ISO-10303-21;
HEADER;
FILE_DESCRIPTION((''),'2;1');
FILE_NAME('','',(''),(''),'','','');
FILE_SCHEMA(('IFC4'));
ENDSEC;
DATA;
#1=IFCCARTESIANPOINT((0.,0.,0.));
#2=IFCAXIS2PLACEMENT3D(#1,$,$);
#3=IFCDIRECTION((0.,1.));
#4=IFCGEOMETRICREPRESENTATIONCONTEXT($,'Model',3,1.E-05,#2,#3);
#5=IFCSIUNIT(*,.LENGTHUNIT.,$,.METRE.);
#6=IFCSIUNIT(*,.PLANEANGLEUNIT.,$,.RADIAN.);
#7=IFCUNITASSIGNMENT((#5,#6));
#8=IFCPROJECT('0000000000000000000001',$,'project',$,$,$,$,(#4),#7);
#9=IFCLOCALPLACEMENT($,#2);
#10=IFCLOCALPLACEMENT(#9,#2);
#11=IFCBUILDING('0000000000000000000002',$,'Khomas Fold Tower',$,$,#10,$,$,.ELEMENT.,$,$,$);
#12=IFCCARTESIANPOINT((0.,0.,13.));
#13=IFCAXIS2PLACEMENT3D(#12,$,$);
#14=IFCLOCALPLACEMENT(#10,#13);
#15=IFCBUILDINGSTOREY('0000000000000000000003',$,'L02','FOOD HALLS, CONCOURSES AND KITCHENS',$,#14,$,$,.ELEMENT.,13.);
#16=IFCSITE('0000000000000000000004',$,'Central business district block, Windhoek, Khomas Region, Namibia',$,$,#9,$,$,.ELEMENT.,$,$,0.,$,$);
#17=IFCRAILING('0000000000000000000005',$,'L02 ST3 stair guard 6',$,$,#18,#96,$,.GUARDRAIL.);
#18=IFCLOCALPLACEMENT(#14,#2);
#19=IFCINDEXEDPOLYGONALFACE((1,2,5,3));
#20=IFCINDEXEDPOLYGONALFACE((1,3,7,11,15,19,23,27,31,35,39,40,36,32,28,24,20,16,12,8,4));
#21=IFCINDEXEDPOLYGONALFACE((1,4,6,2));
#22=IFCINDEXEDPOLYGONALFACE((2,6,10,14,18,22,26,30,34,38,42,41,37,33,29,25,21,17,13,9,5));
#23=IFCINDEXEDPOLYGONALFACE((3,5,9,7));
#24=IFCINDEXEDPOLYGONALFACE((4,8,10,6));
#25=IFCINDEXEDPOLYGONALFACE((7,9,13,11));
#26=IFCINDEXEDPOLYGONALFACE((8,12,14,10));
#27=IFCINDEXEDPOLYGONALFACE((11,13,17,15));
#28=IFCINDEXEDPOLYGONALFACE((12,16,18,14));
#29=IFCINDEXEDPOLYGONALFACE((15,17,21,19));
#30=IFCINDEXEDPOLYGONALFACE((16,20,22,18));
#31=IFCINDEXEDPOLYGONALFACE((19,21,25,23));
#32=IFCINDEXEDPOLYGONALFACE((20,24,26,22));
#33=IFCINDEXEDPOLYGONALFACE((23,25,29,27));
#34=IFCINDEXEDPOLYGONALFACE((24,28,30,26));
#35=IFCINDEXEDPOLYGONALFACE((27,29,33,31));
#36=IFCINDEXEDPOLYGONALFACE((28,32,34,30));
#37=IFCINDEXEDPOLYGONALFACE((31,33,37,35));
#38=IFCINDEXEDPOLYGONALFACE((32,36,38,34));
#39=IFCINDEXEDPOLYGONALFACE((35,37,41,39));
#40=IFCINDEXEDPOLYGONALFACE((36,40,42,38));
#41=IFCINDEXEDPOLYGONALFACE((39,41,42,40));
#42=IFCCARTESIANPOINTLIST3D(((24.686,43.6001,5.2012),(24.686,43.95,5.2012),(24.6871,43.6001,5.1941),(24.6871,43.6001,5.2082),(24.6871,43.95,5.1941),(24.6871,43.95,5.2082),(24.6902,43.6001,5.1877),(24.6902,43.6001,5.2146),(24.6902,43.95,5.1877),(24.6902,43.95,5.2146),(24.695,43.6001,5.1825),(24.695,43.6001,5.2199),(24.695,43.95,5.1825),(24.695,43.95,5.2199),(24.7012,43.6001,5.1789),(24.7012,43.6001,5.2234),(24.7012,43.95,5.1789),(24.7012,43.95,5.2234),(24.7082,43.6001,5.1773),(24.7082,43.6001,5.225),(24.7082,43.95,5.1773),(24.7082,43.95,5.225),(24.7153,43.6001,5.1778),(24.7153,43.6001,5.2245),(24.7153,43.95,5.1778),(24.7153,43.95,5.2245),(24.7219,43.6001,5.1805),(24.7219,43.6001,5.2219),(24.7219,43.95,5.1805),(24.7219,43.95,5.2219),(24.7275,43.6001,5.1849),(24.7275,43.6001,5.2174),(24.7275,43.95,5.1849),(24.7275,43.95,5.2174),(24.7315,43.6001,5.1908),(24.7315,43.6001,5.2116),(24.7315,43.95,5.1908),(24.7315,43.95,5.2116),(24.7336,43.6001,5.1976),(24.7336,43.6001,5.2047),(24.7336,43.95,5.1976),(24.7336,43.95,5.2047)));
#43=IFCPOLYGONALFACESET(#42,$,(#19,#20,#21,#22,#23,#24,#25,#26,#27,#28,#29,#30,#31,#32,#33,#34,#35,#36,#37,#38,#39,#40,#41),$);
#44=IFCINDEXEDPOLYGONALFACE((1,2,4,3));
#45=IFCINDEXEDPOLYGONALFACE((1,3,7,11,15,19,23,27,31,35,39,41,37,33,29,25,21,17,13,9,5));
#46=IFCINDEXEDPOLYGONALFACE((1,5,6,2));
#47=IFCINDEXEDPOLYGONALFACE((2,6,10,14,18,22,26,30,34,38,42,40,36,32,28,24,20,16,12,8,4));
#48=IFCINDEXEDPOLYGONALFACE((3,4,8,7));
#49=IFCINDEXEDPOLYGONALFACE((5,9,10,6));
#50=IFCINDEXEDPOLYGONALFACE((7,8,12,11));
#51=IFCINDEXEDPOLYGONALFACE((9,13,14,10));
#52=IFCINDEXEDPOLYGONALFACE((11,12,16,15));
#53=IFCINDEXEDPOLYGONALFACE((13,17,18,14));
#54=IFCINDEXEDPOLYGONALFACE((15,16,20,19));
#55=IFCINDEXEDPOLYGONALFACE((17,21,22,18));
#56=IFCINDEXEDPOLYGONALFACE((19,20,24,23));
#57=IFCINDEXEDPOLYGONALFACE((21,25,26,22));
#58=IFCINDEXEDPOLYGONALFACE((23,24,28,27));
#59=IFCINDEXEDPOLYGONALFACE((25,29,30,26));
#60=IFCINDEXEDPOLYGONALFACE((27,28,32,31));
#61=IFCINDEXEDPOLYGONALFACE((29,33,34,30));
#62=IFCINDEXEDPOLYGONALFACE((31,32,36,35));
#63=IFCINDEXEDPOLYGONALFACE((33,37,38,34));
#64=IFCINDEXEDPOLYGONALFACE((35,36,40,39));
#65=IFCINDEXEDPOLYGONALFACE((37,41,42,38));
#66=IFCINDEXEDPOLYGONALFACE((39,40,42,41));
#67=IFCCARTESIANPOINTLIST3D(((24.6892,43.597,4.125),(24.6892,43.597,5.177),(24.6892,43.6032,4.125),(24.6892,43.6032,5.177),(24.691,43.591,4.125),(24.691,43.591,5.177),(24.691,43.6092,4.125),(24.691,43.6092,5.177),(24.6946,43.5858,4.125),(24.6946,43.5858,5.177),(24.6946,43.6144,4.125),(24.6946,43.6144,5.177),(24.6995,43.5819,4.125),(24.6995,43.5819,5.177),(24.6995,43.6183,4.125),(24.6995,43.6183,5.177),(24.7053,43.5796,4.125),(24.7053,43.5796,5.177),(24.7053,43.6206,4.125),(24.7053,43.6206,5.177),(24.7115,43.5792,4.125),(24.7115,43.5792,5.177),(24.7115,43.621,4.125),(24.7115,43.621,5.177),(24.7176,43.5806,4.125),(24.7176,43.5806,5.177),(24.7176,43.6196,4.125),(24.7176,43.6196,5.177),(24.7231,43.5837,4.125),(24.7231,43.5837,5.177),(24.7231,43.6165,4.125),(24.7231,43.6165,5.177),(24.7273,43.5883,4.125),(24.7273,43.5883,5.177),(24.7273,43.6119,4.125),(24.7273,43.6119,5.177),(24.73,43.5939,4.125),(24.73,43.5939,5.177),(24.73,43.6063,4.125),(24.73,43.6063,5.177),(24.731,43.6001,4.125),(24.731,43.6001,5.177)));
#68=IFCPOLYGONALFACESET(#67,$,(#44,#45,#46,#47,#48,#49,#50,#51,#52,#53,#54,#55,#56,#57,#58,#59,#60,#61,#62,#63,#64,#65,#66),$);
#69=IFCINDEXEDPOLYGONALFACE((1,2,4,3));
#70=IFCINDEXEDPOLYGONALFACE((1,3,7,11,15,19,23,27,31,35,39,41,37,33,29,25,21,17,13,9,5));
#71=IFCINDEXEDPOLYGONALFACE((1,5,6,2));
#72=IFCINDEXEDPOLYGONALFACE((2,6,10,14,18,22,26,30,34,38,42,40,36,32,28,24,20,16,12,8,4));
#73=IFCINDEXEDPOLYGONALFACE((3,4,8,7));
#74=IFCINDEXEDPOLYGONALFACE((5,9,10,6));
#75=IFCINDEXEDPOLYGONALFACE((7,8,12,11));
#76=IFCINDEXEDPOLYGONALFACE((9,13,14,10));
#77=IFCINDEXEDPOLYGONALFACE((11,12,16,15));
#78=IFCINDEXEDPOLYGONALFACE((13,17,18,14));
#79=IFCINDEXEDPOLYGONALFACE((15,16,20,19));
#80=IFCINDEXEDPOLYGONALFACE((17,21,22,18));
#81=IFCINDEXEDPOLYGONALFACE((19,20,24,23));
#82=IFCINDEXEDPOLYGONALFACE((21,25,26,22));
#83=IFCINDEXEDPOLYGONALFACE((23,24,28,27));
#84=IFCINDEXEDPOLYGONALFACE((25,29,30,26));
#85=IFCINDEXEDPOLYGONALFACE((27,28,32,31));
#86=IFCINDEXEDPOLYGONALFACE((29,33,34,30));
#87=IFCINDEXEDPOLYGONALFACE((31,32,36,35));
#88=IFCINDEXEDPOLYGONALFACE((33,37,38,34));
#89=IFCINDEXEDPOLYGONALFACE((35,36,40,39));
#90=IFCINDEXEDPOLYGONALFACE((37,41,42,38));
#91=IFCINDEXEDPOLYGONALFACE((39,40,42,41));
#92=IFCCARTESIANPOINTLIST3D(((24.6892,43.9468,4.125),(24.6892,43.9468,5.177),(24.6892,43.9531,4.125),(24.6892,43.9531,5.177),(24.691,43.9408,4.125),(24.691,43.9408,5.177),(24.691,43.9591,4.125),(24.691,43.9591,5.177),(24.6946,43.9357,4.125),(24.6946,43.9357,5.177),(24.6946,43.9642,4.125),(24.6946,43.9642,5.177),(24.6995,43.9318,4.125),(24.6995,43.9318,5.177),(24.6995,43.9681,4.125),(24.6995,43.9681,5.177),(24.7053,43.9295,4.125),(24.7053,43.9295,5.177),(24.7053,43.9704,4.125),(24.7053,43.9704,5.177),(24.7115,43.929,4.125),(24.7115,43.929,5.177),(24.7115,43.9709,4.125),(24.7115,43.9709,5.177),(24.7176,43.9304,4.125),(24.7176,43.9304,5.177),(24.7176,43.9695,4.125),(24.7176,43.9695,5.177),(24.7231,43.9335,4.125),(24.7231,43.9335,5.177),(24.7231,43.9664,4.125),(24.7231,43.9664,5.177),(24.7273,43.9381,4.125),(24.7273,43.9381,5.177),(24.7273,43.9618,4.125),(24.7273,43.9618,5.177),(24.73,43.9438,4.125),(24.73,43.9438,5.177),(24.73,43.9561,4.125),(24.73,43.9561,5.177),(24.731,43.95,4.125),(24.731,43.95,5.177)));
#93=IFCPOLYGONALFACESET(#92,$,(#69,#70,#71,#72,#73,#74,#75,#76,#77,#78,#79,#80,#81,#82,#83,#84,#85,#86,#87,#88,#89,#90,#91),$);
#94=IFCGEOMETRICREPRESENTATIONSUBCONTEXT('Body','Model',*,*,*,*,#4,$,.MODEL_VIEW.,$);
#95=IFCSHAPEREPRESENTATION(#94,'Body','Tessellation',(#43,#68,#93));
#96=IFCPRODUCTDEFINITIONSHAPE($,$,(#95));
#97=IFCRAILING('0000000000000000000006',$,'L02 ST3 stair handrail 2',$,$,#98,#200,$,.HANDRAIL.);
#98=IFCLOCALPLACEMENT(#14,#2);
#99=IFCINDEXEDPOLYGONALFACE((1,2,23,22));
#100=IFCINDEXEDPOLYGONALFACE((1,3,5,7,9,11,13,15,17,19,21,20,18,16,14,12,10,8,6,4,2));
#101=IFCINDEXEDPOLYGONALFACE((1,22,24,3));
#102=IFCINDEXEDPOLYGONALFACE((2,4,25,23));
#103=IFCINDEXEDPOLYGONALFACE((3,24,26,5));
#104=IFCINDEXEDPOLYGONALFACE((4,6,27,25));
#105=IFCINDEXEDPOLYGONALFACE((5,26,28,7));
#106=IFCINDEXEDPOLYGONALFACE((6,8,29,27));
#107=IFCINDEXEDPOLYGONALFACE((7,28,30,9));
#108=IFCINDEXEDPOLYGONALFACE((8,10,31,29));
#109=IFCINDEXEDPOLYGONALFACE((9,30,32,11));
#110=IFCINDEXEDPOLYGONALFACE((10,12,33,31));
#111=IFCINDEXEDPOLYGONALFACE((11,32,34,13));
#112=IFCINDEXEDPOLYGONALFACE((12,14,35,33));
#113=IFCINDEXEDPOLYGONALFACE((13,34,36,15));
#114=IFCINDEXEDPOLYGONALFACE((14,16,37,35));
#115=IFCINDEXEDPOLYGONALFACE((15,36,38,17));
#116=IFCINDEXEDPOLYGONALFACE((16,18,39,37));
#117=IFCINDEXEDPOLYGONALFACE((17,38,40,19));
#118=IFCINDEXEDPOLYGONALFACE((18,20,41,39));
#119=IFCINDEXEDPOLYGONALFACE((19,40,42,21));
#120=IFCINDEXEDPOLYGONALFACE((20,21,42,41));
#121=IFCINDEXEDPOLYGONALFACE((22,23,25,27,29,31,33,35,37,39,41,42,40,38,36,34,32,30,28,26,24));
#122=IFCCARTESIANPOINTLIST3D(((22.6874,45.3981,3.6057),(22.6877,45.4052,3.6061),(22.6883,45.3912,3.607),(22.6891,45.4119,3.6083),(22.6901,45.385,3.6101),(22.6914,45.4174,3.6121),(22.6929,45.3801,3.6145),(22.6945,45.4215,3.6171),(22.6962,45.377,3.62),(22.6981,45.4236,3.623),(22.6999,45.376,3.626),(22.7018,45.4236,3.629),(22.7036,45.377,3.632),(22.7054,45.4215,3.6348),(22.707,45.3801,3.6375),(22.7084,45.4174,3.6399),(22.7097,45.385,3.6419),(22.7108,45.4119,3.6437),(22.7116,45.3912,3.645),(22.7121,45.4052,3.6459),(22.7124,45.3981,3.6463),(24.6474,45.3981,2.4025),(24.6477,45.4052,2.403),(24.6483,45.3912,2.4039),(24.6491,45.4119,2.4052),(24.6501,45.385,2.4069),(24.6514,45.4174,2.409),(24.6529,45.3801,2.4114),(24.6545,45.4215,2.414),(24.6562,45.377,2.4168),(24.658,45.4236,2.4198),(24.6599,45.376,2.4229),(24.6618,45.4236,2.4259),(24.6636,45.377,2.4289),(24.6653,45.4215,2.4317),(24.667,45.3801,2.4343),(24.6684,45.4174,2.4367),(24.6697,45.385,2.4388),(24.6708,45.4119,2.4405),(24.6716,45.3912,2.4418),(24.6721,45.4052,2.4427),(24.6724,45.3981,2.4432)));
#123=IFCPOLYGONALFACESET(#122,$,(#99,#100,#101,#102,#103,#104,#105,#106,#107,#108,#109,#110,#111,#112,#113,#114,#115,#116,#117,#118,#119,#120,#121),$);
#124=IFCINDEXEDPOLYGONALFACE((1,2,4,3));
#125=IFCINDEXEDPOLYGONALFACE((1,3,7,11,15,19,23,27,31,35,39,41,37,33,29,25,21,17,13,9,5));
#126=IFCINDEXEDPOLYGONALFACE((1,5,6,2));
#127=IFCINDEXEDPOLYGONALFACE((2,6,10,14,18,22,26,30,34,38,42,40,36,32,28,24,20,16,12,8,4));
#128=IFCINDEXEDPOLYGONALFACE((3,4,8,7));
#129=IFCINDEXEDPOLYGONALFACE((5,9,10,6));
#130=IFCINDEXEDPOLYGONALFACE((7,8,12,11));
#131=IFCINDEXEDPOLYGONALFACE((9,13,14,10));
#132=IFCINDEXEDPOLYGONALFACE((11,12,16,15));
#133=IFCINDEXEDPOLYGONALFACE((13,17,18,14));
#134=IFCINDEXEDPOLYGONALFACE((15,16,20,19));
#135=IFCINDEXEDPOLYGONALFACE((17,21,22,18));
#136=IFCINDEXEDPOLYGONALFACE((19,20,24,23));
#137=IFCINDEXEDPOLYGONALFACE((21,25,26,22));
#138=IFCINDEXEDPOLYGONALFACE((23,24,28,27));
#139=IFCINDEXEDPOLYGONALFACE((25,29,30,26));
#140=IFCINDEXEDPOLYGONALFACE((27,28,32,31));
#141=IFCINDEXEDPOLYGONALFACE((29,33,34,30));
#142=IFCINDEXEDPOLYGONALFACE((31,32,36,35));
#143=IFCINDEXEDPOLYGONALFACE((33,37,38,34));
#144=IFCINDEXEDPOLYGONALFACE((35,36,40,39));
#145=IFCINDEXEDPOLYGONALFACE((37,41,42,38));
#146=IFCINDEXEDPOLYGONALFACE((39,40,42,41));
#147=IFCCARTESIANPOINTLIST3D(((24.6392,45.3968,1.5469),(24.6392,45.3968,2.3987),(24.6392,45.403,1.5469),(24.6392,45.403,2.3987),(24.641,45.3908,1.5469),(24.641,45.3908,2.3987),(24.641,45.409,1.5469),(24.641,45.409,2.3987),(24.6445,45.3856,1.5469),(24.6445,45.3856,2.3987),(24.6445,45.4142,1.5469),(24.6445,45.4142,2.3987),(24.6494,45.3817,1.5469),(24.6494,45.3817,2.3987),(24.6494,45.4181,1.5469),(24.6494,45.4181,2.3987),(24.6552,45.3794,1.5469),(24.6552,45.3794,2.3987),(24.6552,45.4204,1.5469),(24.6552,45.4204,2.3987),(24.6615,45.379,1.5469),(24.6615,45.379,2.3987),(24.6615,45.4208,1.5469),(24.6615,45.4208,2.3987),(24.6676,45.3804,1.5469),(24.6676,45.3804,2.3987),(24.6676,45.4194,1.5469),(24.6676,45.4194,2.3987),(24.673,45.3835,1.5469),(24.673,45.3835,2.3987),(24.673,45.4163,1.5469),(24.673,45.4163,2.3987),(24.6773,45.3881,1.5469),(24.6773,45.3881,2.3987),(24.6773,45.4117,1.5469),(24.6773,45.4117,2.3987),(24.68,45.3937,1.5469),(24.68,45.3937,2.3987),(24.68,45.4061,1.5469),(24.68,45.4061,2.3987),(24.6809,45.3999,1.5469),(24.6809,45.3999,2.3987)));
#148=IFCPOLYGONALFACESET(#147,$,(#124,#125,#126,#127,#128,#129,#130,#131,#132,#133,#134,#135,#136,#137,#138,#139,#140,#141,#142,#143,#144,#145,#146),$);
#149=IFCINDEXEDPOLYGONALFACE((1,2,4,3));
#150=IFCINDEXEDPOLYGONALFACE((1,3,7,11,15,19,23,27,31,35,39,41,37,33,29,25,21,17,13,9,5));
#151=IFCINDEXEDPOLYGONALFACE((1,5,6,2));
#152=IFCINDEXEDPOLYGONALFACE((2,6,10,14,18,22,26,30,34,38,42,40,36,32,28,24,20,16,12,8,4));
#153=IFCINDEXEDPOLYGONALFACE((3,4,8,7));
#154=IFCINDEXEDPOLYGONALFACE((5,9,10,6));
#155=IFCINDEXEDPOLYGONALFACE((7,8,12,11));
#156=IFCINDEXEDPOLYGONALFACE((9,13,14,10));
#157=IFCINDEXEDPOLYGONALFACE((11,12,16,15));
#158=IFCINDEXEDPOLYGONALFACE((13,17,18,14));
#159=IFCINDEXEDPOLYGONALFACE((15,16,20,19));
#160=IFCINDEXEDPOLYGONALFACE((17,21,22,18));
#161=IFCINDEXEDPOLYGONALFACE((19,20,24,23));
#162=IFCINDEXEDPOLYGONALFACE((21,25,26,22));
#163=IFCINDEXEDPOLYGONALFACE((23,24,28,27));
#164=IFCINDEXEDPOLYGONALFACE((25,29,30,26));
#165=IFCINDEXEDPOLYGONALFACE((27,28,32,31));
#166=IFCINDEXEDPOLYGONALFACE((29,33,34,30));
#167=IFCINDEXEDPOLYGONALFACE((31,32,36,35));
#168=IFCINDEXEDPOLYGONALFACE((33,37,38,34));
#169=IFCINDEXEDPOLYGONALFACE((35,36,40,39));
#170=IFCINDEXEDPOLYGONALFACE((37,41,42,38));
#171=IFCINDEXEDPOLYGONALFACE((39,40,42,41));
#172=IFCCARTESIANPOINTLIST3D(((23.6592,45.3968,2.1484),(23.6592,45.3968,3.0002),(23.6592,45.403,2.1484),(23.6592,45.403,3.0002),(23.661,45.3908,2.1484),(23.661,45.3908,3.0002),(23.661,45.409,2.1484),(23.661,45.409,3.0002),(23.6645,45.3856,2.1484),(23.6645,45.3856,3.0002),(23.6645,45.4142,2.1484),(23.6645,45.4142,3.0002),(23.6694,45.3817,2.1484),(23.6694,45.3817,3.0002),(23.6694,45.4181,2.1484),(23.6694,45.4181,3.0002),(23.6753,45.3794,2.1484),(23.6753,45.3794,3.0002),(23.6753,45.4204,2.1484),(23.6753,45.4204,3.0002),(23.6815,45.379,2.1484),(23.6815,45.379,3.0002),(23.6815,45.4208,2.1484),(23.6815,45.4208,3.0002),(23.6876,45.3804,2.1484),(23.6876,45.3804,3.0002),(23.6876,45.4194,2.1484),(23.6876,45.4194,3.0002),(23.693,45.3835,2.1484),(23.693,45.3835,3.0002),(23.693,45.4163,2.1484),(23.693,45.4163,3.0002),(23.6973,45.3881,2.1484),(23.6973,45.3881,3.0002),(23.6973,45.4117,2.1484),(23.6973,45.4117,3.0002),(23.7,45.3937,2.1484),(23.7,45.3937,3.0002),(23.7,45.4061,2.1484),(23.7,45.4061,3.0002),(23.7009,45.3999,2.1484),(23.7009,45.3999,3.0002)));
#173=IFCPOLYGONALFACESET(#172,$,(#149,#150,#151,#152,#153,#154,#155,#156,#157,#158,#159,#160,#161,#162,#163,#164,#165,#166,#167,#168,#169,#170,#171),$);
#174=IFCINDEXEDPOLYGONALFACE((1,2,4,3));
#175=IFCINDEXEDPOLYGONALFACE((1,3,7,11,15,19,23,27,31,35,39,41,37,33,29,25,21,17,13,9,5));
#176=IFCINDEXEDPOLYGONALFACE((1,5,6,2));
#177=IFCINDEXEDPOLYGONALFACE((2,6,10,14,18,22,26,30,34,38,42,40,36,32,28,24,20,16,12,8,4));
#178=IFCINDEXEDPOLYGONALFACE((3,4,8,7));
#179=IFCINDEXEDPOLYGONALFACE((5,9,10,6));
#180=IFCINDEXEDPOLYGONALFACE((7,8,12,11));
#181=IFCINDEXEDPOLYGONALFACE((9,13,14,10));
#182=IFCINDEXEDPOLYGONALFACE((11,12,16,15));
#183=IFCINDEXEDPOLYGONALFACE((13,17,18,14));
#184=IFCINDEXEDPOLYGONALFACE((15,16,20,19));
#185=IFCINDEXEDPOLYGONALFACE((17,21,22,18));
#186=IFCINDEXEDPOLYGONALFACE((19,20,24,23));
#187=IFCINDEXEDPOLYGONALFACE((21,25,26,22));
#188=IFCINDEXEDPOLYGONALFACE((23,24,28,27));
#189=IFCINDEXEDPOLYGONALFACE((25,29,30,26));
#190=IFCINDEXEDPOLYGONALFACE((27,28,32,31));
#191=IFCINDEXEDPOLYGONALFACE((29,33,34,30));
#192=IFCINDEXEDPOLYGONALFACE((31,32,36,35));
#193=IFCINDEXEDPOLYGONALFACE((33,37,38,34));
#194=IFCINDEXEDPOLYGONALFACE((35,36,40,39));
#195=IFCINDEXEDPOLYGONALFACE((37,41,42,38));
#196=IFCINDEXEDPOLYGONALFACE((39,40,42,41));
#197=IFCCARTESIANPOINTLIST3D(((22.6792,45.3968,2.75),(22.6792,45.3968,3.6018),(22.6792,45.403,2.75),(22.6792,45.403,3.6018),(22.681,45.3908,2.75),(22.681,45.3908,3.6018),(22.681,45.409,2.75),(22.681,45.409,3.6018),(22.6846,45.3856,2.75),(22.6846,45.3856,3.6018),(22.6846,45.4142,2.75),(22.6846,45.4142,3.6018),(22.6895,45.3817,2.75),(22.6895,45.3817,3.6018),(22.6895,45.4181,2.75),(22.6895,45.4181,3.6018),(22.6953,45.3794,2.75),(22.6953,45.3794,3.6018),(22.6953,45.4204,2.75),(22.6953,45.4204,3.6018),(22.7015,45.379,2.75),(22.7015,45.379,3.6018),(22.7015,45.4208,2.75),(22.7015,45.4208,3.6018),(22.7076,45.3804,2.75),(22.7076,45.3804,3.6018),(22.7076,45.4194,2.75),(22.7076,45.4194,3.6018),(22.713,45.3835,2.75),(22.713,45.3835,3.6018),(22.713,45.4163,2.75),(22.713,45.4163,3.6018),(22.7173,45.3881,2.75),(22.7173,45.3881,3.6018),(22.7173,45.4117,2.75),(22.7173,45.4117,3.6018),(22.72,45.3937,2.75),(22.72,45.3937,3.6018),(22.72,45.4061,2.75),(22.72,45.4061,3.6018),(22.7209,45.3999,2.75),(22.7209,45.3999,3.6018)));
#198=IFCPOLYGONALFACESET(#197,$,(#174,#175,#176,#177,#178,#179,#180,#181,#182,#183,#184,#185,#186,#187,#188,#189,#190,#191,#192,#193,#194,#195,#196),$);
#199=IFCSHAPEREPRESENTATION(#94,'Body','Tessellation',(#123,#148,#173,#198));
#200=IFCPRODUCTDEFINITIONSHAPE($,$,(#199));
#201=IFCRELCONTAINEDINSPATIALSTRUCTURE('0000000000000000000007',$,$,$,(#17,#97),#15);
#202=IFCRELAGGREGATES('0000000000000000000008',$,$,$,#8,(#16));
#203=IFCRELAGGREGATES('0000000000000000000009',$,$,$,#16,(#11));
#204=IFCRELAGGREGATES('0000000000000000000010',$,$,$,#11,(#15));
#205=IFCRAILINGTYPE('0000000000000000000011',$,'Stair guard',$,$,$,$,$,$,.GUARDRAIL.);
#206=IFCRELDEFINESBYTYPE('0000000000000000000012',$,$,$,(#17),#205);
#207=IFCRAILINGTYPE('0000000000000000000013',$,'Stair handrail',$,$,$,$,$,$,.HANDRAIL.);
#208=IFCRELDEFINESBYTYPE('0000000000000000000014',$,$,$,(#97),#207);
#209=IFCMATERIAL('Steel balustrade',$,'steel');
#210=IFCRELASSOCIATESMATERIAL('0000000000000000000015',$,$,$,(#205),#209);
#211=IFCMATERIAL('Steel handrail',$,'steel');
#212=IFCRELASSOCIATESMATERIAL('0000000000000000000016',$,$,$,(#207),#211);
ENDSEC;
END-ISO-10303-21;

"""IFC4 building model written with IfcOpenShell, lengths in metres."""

from ifc_helpers import new_model, si_unit, direction, frame, origin, origin_2d, place, context, subcontext, project, spatial, circle, extrude, source, transform, mapped, material, type_object, element, save


model = new_model("IFC4")

# Units and contexts
model_context = context("Model", 3, precision=1e-05, world=origin(), true_north=direction((0.0, 1.0)))
body_context = subcontext(model_context, "Body", "Model", "MODEL_VIEW")
ifc_project = project(units=[si_unit("LENGTHUNIT", "METRE"), si_unit("PLANEANGLEUNIT", "RADIAN")], contexts=[model_context])

# Site, building, storey
site_placement = place(None, origin())
site = spatial("IfcSite", under=ifc_project, at=site_placement, Name="Central business district block, Windhoek, Khomas Region, Namibia", CompositionType="ELEMENT", RefElevation=0.0)
building_placement = place(site_placement, origin())
building = spatial("IfcBuilding", under=site, at=building_placement, Name="Khomas Fold Tower", CompositionType="ELEMENT")
storey_placement = place(building_placement, frame((0.0, 0.0, 13.0)))
storey = spatial("IfcBuildingStorey", under=building, at=storey_placement, Name="L02", Description="FOOD HALLS, CONCOURSES AND KITCHENS", CompositionType="ELEMENT", Elevation=13.0)

# Railings
ifc_material_1 = material(Name="Steel balustrade", Category="steel")
railing_type_1 = type_object("IfcRailingType", Name="Stair guard", PredefinedType="GUARDRAIL", material=ifc_material_1)
shared_shape_1 = source(origin(), body_context, "Body", "SweptSolid", [
    extrude(circle(Radius=0.0239, at=origin_2d()), frame((0.0, 0.0, 1.0762), z_axis=(0.0, 1.0, 0.0), x_axis=(-1.0, 0.0, 0.0)), (0.0, 0.0, 1.0), 0.3499),
    extrude(circle(Radius=0.021, at=origin_2d()), origin(), (0.0, 0.0, 1.0), 1.052),
    extrude(circle(Radius=0.021, at=origin_2d()), frame((0.0, 0.3499, 0.0)), (0.0, 0.0, 1.0), 1.052),
])
for number, where, name in (
    (1, (24.71, 43.6001, 4.125), "L02 ST3 stair guard 6"),
):
    element("IfcRailing", number, at=place(storey_placement, frame(where)), inside=storey, type_object=railing_type_1, Name=name, PredefinedType="GUARDRAIL", context=body_context, shape_type="MappedRepresentation", body=[
        mapped(shared_shape_1, transform((0.0, 0.0, 0.0))),
    ])
ifc_material_2 = material(Name="Steel handrail", Category="steel")
railing_type_2 = type_object("IfcRailingType", Name="Stair handrail", PredefinedType="HANDRAIL", material=ifc_material_2)
shared_shape_2 = source(origin(), body_context, "Body", "SweptSolid", [
    extrude(circle(Radius=0.0239, at=origin_2d()), frame((0.0, 0.0, 0.876), z_axis=(-0.852241, 0.0, 0.523149), x_axis=(0.0, -1.0, 0.0)), (0.0, 0.0, 1.0), 2.2998),
    extrude(circle(Radius=0.021, at=origin_2d()), origin(), (0.0, 0.0, 1.0), 0.8518),
    extrude(circle(Radius=0.021, at=origin_2d()), frame((-0.98, 0.0, 0.6016)), (0.0, 0.0, 1.0), 0.8518),
    extrude(circle(Radius=0.021, at=origin_2d()), frame((-1.96, 0.0, 1.2031)), (0.0, 0.0, 1.0), 0.8518),
])
for number, where, name in (
    (2, (24.6599, 45.3999, 1.5469), "L02 ST3 stair handrail 2"),
):
    element("IfcRailing", number, at=place(storey_placement, frame(where)), inside=storey, type_object=railing_type_2, Name=name, PredefinedType="HANDRAIL", context=body_context, shape_type="MappedRepresentation", body=[
        mapped(shared_shape_2, transform((0.0, 0.0, 0.0))),
    ])

save(model, "model.ifc")
